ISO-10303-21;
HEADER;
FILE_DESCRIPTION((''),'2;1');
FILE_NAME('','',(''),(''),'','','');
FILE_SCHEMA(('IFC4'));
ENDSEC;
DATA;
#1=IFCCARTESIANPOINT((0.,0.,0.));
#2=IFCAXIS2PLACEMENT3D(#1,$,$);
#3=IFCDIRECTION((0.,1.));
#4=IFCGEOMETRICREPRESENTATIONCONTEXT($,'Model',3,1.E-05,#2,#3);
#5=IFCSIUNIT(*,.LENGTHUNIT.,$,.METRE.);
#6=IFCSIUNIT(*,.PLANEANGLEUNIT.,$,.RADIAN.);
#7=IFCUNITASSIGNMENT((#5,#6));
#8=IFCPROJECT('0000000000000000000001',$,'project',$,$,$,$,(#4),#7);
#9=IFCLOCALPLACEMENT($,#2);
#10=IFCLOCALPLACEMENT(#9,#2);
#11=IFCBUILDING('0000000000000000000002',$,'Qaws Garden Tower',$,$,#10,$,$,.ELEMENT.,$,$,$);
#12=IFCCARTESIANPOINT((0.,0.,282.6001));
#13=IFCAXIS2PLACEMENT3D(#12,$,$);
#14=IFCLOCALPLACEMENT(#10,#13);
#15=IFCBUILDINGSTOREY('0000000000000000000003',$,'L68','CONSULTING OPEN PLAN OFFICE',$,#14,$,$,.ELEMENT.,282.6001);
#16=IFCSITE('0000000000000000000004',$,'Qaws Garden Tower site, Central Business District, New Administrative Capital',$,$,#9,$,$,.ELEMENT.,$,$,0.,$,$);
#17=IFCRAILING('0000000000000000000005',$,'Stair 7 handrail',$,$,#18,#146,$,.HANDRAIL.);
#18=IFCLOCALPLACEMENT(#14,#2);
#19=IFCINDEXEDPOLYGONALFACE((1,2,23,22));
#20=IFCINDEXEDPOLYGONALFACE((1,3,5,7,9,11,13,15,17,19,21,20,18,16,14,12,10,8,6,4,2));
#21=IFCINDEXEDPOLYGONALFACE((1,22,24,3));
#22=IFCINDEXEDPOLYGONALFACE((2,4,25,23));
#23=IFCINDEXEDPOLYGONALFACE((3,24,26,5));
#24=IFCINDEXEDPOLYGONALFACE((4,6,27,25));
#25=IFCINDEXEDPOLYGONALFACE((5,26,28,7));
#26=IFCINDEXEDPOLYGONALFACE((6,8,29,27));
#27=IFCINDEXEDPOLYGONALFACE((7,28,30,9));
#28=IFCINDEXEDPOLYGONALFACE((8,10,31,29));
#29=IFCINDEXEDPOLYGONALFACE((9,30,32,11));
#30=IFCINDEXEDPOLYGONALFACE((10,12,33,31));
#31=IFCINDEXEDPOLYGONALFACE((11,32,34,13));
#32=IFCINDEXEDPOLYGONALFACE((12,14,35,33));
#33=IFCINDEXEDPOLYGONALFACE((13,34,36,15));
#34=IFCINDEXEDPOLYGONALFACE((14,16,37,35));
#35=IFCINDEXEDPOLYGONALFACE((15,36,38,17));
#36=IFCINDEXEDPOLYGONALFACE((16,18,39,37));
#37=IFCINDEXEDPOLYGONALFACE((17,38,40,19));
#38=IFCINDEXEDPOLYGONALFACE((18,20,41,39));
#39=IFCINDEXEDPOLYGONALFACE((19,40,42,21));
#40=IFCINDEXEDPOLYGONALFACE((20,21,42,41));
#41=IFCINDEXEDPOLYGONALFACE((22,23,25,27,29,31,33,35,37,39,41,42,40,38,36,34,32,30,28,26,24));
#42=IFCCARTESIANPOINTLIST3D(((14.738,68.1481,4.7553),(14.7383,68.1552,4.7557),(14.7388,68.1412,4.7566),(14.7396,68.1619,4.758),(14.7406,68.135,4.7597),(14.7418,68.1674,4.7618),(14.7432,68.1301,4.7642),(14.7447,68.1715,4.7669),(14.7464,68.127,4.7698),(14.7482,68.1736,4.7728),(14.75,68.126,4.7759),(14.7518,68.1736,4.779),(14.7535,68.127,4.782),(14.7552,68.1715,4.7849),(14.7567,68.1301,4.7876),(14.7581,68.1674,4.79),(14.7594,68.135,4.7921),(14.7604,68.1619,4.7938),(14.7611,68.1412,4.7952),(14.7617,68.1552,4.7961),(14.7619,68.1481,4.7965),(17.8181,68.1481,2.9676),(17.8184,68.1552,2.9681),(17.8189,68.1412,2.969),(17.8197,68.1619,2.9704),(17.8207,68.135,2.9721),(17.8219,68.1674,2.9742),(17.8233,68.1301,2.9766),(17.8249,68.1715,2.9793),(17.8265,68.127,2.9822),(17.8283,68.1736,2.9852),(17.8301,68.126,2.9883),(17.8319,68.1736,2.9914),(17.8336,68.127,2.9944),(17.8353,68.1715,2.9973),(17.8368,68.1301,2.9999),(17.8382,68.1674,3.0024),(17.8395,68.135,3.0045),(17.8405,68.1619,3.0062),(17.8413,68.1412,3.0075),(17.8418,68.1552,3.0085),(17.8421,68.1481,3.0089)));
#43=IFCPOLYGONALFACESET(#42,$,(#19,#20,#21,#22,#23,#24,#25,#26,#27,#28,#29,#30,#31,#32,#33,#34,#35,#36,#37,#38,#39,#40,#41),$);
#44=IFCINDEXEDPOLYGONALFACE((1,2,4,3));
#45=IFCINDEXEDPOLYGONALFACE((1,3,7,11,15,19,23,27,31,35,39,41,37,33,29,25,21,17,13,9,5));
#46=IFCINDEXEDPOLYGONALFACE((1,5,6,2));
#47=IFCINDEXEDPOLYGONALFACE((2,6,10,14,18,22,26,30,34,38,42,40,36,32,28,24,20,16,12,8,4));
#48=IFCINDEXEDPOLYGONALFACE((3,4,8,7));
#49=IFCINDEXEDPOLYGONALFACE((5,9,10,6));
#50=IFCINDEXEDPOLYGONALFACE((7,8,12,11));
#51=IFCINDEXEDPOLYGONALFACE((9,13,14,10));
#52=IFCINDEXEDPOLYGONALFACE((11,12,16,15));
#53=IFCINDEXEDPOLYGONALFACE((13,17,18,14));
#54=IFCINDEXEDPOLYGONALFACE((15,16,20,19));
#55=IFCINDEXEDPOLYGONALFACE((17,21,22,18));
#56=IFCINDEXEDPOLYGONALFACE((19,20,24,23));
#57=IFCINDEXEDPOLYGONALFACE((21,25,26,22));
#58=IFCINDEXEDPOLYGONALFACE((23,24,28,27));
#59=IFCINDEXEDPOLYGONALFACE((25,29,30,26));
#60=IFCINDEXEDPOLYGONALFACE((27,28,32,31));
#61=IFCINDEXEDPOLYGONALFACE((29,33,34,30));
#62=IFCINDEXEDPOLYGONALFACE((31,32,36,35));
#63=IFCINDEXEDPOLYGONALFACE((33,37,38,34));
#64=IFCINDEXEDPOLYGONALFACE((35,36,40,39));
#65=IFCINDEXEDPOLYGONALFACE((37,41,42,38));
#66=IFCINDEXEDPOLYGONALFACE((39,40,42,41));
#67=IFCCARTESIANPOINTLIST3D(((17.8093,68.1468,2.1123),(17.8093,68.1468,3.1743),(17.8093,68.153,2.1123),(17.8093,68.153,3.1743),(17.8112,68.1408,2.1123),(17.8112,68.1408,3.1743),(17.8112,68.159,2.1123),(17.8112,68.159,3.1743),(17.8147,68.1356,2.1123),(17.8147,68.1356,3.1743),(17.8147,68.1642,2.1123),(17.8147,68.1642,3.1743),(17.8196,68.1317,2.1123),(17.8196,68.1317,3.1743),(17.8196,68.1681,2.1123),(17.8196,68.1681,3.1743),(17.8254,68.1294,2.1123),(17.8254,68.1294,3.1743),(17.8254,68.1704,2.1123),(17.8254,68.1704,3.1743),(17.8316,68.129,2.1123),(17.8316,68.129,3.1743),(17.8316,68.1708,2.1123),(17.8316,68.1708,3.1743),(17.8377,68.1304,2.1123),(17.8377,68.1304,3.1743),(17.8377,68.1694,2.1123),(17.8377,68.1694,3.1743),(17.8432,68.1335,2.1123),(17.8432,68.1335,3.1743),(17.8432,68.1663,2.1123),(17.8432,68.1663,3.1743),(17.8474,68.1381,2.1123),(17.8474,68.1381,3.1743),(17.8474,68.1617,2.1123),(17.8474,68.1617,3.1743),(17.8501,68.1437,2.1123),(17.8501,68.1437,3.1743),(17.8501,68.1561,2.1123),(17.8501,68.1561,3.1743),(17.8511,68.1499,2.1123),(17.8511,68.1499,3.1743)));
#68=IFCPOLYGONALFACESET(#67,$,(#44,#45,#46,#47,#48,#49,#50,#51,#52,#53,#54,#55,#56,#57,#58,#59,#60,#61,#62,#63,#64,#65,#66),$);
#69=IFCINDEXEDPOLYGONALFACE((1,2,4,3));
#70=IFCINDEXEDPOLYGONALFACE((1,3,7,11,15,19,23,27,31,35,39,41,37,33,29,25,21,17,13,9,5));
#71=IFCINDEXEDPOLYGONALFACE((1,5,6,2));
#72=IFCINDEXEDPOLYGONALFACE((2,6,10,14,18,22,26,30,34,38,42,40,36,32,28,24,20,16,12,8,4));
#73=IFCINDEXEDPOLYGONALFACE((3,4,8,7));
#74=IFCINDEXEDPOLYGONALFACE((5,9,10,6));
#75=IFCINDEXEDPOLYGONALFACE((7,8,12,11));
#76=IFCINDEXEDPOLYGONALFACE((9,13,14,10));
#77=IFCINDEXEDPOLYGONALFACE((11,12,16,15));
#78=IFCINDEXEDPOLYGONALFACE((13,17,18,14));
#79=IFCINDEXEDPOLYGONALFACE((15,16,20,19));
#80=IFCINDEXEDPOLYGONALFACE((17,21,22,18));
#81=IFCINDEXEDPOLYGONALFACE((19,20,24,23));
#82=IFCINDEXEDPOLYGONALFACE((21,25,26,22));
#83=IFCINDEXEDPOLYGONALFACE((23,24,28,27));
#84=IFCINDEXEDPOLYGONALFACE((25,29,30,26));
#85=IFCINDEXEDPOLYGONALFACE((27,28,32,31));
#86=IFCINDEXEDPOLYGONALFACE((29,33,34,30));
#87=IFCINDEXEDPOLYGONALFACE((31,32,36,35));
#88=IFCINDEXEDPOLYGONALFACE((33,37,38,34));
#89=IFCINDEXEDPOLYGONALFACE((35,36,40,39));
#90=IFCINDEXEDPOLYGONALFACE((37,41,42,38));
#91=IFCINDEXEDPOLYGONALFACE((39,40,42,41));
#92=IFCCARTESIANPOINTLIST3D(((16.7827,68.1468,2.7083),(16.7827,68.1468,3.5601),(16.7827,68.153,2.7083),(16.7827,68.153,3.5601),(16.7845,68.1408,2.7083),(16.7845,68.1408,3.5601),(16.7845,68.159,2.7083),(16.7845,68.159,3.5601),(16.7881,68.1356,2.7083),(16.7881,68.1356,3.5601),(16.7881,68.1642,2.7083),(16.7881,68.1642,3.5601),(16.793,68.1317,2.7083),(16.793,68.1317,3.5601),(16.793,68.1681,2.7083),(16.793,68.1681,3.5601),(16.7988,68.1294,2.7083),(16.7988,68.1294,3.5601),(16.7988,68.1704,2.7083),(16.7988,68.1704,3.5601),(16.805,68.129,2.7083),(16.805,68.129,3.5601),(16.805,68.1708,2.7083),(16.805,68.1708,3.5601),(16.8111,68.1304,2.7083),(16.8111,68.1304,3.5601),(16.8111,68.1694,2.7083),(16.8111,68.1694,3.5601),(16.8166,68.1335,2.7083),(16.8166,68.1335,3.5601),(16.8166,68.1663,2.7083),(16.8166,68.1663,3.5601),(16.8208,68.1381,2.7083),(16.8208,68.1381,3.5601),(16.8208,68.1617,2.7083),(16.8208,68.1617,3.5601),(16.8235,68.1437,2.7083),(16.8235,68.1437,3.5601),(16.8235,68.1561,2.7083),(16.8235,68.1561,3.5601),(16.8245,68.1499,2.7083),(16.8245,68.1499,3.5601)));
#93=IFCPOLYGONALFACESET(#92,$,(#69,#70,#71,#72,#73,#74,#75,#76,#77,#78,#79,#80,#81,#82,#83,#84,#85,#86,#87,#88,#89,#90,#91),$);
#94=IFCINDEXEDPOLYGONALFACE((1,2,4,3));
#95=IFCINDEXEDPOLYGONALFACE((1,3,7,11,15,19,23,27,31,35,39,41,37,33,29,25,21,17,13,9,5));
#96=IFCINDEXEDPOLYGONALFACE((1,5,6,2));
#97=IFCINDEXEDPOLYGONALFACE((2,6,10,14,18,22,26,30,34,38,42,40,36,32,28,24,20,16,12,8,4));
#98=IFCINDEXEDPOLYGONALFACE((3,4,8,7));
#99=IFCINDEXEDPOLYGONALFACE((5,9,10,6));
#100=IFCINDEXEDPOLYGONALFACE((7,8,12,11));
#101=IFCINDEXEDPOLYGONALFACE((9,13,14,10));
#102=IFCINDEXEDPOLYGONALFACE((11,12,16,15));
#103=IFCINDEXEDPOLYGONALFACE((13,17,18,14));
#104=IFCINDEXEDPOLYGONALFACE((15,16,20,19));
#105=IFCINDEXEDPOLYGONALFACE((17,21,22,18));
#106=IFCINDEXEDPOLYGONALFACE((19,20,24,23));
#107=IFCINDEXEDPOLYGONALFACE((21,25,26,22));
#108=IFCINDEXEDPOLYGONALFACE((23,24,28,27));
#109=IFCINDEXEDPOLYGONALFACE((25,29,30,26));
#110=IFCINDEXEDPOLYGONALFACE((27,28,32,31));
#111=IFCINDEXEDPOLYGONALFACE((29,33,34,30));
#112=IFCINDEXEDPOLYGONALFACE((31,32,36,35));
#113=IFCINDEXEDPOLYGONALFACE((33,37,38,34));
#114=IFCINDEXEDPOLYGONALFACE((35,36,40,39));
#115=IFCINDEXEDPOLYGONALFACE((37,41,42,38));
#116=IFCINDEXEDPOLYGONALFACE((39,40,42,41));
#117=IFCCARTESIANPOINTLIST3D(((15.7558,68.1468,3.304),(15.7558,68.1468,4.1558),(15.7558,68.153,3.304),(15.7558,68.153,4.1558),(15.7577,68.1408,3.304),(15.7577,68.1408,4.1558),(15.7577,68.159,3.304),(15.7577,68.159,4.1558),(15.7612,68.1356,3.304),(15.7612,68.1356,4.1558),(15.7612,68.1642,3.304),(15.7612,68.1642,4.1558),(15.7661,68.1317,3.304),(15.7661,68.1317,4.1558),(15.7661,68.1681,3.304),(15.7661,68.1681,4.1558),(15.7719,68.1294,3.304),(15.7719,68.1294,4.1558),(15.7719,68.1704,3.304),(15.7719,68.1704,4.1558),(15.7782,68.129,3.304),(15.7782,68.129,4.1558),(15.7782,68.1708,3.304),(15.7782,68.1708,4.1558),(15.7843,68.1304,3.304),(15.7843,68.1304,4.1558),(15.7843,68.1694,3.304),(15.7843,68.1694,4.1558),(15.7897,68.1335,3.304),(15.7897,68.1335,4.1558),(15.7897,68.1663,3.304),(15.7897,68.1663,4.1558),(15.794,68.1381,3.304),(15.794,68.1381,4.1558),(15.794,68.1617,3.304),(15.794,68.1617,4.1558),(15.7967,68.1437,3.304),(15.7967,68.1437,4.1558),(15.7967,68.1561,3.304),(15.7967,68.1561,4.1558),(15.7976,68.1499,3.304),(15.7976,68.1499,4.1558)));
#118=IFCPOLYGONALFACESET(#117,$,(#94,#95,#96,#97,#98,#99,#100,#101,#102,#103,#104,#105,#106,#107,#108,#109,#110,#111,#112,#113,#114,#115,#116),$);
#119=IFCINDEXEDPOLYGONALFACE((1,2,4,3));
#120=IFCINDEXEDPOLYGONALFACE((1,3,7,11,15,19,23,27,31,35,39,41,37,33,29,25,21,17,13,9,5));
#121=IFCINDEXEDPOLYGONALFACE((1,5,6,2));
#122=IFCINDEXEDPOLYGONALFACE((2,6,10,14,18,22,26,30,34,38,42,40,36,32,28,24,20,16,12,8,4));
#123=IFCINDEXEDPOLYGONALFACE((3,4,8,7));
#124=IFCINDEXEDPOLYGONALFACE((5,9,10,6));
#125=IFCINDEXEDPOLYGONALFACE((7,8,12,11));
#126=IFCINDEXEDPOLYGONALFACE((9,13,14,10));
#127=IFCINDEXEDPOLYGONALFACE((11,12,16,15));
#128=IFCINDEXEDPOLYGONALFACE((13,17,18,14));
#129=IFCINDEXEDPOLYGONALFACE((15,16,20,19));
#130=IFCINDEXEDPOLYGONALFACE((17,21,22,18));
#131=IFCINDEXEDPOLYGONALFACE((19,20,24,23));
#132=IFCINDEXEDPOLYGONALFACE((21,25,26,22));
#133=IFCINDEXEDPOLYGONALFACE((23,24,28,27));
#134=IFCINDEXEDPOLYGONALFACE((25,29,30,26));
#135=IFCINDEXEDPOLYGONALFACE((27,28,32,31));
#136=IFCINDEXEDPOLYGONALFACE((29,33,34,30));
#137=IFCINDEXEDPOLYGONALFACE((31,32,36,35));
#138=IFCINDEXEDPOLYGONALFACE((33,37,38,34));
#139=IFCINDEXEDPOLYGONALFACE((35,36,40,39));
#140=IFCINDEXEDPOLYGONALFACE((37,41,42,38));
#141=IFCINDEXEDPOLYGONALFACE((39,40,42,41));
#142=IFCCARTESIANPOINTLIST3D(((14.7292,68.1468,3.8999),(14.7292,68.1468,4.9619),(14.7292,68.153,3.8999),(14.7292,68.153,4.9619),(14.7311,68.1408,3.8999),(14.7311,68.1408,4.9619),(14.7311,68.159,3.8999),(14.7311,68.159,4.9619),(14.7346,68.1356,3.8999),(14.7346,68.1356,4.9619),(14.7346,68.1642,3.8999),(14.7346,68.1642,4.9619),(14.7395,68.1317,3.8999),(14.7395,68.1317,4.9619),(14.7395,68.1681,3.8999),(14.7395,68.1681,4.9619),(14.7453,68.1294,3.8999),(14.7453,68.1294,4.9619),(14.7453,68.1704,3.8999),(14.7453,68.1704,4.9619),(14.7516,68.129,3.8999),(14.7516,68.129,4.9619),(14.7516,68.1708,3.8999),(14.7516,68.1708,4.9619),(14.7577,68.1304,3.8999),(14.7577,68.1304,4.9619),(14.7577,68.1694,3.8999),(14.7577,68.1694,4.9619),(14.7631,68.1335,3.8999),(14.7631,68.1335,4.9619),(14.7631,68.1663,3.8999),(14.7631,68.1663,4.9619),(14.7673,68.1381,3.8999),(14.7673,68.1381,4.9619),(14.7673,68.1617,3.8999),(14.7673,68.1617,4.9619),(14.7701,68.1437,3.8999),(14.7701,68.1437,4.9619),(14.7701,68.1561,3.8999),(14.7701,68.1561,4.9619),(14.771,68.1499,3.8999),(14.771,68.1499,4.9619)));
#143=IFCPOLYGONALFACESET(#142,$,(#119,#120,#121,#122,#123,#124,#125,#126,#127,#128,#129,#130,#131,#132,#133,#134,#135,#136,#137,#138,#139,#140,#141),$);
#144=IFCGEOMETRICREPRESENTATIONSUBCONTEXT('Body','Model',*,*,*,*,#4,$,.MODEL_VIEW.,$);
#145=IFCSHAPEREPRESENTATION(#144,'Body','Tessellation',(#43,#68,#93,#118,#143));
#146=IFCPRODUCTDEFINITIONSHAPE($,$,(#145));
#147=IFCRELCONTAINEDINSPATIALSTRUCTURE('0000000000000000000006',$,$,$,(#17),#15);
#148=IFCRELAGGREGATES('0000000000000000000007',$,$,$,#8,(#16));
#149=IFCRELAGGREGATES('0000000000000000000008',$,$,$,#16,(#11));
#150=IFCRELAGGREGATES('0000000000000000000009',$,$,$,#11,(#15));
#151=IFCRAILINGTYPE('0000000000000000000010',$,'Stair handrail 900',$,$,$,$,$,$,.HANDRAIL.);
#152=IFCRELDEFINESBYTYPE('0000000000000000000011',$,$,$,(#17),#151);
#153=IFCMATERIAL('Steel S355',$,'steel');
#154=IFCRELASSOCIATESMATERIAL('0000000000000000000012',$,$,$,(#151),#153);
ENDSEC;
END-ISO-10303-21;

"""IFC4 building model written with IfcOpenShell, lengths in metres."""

from ifc_helpers import new_model, si_unit, direction, frame, origin, origin_2d, place, context, subcontext, project, spatial, circle, extrude, material, type_object, element, save


model = new_model("IFC4")

# Units and contexts
model_context = context("Model", 3, precision=1e-05, world=origin(), true_north=direction((0.0, 1.0)))
body_context = subcontext(model_context, "Body", "Model", "MODEL_VIEW")
ifc_project = project(units=[si_unit("LENGTHUNIT", "METRE"), si_unit("PLANEANGLEUNIT", "RADIAN")], contexts=[model_context])

# Site, building, storey
site_placement = place(None, origin())
site = spatial("IfcSite", under=ifc_project, at=site_placement, Name="Qaws Garden Tower site, Central Business District, New Administrative Capital", CompositionType="ELEMENT", RefElevation=0.0)
building_placement = place(site_placement, origin())
building = spatial("IfcBuilding", under=site, at=building_placement, Name="Qaws Garden Tower", CompositionType="ELEMENT")
storey_placement = place(building_placement, frame((0.0, 0.0, 282.6001)))
storey = spatial("IfcBuildingStorey", under=building, at=storey_placement, Name="L68", Description="CONSULTING OPEN PLAN OFFICE", CompositionType="ELEMENT", Elevation=282.6001)

# Railing
ifc_material_1 = material(Name="Steel S355", Category="steel")
railing_type = type_object("IfcRailingType", Name="Stair handrail 900", PredefinedType="HANDRAIL", material=ifc_material_1)
railing_1_placement = place(storey_placement, frame((17.8301, 68.1499, 2.1123)))
element("IfcRailing", 1, at=railing_1_placement, inside=storey, type_object=railing_type, Name="Stair 7 handrail", PredefinedType="HANDRAIL", context=body_context, shape_type="SweptSolid", body=[
    extrude(circle(Radius=0.0239, at=origin_2d()), frame((0.0, 0.0, 0.876), z_axis=(-0.864891, 0.0, 0.50196), x_axis=(0.0, -1.0, 0.0)), (0.0, 0.0, 1.0), 3.5613),
    extrude(circle(Radius=0.021, at=origin_2d()), origin(), (0.0, 0.0, 1.0), 1.062),
    extrude(circle(Radius=0.021, at=origin_2d()), frame((-1.0266, 0.0, 0.5959)), (0.0, 0.0, 1.0), 0.8518),
    extrude(circle(Radius=0.021, at=origin_2d()), frame((-2.0535, 0.0, 1.1917)), (0.0, 0.0, 1.0), 0.8518),
    extrude(circle(Radius=0.021, at=origin_2d()), frame((-3.0801, 0.0, 1.7876)), (0.0, 0.0, 1.0), 1.062),
])

save(model, "model.ifc")
